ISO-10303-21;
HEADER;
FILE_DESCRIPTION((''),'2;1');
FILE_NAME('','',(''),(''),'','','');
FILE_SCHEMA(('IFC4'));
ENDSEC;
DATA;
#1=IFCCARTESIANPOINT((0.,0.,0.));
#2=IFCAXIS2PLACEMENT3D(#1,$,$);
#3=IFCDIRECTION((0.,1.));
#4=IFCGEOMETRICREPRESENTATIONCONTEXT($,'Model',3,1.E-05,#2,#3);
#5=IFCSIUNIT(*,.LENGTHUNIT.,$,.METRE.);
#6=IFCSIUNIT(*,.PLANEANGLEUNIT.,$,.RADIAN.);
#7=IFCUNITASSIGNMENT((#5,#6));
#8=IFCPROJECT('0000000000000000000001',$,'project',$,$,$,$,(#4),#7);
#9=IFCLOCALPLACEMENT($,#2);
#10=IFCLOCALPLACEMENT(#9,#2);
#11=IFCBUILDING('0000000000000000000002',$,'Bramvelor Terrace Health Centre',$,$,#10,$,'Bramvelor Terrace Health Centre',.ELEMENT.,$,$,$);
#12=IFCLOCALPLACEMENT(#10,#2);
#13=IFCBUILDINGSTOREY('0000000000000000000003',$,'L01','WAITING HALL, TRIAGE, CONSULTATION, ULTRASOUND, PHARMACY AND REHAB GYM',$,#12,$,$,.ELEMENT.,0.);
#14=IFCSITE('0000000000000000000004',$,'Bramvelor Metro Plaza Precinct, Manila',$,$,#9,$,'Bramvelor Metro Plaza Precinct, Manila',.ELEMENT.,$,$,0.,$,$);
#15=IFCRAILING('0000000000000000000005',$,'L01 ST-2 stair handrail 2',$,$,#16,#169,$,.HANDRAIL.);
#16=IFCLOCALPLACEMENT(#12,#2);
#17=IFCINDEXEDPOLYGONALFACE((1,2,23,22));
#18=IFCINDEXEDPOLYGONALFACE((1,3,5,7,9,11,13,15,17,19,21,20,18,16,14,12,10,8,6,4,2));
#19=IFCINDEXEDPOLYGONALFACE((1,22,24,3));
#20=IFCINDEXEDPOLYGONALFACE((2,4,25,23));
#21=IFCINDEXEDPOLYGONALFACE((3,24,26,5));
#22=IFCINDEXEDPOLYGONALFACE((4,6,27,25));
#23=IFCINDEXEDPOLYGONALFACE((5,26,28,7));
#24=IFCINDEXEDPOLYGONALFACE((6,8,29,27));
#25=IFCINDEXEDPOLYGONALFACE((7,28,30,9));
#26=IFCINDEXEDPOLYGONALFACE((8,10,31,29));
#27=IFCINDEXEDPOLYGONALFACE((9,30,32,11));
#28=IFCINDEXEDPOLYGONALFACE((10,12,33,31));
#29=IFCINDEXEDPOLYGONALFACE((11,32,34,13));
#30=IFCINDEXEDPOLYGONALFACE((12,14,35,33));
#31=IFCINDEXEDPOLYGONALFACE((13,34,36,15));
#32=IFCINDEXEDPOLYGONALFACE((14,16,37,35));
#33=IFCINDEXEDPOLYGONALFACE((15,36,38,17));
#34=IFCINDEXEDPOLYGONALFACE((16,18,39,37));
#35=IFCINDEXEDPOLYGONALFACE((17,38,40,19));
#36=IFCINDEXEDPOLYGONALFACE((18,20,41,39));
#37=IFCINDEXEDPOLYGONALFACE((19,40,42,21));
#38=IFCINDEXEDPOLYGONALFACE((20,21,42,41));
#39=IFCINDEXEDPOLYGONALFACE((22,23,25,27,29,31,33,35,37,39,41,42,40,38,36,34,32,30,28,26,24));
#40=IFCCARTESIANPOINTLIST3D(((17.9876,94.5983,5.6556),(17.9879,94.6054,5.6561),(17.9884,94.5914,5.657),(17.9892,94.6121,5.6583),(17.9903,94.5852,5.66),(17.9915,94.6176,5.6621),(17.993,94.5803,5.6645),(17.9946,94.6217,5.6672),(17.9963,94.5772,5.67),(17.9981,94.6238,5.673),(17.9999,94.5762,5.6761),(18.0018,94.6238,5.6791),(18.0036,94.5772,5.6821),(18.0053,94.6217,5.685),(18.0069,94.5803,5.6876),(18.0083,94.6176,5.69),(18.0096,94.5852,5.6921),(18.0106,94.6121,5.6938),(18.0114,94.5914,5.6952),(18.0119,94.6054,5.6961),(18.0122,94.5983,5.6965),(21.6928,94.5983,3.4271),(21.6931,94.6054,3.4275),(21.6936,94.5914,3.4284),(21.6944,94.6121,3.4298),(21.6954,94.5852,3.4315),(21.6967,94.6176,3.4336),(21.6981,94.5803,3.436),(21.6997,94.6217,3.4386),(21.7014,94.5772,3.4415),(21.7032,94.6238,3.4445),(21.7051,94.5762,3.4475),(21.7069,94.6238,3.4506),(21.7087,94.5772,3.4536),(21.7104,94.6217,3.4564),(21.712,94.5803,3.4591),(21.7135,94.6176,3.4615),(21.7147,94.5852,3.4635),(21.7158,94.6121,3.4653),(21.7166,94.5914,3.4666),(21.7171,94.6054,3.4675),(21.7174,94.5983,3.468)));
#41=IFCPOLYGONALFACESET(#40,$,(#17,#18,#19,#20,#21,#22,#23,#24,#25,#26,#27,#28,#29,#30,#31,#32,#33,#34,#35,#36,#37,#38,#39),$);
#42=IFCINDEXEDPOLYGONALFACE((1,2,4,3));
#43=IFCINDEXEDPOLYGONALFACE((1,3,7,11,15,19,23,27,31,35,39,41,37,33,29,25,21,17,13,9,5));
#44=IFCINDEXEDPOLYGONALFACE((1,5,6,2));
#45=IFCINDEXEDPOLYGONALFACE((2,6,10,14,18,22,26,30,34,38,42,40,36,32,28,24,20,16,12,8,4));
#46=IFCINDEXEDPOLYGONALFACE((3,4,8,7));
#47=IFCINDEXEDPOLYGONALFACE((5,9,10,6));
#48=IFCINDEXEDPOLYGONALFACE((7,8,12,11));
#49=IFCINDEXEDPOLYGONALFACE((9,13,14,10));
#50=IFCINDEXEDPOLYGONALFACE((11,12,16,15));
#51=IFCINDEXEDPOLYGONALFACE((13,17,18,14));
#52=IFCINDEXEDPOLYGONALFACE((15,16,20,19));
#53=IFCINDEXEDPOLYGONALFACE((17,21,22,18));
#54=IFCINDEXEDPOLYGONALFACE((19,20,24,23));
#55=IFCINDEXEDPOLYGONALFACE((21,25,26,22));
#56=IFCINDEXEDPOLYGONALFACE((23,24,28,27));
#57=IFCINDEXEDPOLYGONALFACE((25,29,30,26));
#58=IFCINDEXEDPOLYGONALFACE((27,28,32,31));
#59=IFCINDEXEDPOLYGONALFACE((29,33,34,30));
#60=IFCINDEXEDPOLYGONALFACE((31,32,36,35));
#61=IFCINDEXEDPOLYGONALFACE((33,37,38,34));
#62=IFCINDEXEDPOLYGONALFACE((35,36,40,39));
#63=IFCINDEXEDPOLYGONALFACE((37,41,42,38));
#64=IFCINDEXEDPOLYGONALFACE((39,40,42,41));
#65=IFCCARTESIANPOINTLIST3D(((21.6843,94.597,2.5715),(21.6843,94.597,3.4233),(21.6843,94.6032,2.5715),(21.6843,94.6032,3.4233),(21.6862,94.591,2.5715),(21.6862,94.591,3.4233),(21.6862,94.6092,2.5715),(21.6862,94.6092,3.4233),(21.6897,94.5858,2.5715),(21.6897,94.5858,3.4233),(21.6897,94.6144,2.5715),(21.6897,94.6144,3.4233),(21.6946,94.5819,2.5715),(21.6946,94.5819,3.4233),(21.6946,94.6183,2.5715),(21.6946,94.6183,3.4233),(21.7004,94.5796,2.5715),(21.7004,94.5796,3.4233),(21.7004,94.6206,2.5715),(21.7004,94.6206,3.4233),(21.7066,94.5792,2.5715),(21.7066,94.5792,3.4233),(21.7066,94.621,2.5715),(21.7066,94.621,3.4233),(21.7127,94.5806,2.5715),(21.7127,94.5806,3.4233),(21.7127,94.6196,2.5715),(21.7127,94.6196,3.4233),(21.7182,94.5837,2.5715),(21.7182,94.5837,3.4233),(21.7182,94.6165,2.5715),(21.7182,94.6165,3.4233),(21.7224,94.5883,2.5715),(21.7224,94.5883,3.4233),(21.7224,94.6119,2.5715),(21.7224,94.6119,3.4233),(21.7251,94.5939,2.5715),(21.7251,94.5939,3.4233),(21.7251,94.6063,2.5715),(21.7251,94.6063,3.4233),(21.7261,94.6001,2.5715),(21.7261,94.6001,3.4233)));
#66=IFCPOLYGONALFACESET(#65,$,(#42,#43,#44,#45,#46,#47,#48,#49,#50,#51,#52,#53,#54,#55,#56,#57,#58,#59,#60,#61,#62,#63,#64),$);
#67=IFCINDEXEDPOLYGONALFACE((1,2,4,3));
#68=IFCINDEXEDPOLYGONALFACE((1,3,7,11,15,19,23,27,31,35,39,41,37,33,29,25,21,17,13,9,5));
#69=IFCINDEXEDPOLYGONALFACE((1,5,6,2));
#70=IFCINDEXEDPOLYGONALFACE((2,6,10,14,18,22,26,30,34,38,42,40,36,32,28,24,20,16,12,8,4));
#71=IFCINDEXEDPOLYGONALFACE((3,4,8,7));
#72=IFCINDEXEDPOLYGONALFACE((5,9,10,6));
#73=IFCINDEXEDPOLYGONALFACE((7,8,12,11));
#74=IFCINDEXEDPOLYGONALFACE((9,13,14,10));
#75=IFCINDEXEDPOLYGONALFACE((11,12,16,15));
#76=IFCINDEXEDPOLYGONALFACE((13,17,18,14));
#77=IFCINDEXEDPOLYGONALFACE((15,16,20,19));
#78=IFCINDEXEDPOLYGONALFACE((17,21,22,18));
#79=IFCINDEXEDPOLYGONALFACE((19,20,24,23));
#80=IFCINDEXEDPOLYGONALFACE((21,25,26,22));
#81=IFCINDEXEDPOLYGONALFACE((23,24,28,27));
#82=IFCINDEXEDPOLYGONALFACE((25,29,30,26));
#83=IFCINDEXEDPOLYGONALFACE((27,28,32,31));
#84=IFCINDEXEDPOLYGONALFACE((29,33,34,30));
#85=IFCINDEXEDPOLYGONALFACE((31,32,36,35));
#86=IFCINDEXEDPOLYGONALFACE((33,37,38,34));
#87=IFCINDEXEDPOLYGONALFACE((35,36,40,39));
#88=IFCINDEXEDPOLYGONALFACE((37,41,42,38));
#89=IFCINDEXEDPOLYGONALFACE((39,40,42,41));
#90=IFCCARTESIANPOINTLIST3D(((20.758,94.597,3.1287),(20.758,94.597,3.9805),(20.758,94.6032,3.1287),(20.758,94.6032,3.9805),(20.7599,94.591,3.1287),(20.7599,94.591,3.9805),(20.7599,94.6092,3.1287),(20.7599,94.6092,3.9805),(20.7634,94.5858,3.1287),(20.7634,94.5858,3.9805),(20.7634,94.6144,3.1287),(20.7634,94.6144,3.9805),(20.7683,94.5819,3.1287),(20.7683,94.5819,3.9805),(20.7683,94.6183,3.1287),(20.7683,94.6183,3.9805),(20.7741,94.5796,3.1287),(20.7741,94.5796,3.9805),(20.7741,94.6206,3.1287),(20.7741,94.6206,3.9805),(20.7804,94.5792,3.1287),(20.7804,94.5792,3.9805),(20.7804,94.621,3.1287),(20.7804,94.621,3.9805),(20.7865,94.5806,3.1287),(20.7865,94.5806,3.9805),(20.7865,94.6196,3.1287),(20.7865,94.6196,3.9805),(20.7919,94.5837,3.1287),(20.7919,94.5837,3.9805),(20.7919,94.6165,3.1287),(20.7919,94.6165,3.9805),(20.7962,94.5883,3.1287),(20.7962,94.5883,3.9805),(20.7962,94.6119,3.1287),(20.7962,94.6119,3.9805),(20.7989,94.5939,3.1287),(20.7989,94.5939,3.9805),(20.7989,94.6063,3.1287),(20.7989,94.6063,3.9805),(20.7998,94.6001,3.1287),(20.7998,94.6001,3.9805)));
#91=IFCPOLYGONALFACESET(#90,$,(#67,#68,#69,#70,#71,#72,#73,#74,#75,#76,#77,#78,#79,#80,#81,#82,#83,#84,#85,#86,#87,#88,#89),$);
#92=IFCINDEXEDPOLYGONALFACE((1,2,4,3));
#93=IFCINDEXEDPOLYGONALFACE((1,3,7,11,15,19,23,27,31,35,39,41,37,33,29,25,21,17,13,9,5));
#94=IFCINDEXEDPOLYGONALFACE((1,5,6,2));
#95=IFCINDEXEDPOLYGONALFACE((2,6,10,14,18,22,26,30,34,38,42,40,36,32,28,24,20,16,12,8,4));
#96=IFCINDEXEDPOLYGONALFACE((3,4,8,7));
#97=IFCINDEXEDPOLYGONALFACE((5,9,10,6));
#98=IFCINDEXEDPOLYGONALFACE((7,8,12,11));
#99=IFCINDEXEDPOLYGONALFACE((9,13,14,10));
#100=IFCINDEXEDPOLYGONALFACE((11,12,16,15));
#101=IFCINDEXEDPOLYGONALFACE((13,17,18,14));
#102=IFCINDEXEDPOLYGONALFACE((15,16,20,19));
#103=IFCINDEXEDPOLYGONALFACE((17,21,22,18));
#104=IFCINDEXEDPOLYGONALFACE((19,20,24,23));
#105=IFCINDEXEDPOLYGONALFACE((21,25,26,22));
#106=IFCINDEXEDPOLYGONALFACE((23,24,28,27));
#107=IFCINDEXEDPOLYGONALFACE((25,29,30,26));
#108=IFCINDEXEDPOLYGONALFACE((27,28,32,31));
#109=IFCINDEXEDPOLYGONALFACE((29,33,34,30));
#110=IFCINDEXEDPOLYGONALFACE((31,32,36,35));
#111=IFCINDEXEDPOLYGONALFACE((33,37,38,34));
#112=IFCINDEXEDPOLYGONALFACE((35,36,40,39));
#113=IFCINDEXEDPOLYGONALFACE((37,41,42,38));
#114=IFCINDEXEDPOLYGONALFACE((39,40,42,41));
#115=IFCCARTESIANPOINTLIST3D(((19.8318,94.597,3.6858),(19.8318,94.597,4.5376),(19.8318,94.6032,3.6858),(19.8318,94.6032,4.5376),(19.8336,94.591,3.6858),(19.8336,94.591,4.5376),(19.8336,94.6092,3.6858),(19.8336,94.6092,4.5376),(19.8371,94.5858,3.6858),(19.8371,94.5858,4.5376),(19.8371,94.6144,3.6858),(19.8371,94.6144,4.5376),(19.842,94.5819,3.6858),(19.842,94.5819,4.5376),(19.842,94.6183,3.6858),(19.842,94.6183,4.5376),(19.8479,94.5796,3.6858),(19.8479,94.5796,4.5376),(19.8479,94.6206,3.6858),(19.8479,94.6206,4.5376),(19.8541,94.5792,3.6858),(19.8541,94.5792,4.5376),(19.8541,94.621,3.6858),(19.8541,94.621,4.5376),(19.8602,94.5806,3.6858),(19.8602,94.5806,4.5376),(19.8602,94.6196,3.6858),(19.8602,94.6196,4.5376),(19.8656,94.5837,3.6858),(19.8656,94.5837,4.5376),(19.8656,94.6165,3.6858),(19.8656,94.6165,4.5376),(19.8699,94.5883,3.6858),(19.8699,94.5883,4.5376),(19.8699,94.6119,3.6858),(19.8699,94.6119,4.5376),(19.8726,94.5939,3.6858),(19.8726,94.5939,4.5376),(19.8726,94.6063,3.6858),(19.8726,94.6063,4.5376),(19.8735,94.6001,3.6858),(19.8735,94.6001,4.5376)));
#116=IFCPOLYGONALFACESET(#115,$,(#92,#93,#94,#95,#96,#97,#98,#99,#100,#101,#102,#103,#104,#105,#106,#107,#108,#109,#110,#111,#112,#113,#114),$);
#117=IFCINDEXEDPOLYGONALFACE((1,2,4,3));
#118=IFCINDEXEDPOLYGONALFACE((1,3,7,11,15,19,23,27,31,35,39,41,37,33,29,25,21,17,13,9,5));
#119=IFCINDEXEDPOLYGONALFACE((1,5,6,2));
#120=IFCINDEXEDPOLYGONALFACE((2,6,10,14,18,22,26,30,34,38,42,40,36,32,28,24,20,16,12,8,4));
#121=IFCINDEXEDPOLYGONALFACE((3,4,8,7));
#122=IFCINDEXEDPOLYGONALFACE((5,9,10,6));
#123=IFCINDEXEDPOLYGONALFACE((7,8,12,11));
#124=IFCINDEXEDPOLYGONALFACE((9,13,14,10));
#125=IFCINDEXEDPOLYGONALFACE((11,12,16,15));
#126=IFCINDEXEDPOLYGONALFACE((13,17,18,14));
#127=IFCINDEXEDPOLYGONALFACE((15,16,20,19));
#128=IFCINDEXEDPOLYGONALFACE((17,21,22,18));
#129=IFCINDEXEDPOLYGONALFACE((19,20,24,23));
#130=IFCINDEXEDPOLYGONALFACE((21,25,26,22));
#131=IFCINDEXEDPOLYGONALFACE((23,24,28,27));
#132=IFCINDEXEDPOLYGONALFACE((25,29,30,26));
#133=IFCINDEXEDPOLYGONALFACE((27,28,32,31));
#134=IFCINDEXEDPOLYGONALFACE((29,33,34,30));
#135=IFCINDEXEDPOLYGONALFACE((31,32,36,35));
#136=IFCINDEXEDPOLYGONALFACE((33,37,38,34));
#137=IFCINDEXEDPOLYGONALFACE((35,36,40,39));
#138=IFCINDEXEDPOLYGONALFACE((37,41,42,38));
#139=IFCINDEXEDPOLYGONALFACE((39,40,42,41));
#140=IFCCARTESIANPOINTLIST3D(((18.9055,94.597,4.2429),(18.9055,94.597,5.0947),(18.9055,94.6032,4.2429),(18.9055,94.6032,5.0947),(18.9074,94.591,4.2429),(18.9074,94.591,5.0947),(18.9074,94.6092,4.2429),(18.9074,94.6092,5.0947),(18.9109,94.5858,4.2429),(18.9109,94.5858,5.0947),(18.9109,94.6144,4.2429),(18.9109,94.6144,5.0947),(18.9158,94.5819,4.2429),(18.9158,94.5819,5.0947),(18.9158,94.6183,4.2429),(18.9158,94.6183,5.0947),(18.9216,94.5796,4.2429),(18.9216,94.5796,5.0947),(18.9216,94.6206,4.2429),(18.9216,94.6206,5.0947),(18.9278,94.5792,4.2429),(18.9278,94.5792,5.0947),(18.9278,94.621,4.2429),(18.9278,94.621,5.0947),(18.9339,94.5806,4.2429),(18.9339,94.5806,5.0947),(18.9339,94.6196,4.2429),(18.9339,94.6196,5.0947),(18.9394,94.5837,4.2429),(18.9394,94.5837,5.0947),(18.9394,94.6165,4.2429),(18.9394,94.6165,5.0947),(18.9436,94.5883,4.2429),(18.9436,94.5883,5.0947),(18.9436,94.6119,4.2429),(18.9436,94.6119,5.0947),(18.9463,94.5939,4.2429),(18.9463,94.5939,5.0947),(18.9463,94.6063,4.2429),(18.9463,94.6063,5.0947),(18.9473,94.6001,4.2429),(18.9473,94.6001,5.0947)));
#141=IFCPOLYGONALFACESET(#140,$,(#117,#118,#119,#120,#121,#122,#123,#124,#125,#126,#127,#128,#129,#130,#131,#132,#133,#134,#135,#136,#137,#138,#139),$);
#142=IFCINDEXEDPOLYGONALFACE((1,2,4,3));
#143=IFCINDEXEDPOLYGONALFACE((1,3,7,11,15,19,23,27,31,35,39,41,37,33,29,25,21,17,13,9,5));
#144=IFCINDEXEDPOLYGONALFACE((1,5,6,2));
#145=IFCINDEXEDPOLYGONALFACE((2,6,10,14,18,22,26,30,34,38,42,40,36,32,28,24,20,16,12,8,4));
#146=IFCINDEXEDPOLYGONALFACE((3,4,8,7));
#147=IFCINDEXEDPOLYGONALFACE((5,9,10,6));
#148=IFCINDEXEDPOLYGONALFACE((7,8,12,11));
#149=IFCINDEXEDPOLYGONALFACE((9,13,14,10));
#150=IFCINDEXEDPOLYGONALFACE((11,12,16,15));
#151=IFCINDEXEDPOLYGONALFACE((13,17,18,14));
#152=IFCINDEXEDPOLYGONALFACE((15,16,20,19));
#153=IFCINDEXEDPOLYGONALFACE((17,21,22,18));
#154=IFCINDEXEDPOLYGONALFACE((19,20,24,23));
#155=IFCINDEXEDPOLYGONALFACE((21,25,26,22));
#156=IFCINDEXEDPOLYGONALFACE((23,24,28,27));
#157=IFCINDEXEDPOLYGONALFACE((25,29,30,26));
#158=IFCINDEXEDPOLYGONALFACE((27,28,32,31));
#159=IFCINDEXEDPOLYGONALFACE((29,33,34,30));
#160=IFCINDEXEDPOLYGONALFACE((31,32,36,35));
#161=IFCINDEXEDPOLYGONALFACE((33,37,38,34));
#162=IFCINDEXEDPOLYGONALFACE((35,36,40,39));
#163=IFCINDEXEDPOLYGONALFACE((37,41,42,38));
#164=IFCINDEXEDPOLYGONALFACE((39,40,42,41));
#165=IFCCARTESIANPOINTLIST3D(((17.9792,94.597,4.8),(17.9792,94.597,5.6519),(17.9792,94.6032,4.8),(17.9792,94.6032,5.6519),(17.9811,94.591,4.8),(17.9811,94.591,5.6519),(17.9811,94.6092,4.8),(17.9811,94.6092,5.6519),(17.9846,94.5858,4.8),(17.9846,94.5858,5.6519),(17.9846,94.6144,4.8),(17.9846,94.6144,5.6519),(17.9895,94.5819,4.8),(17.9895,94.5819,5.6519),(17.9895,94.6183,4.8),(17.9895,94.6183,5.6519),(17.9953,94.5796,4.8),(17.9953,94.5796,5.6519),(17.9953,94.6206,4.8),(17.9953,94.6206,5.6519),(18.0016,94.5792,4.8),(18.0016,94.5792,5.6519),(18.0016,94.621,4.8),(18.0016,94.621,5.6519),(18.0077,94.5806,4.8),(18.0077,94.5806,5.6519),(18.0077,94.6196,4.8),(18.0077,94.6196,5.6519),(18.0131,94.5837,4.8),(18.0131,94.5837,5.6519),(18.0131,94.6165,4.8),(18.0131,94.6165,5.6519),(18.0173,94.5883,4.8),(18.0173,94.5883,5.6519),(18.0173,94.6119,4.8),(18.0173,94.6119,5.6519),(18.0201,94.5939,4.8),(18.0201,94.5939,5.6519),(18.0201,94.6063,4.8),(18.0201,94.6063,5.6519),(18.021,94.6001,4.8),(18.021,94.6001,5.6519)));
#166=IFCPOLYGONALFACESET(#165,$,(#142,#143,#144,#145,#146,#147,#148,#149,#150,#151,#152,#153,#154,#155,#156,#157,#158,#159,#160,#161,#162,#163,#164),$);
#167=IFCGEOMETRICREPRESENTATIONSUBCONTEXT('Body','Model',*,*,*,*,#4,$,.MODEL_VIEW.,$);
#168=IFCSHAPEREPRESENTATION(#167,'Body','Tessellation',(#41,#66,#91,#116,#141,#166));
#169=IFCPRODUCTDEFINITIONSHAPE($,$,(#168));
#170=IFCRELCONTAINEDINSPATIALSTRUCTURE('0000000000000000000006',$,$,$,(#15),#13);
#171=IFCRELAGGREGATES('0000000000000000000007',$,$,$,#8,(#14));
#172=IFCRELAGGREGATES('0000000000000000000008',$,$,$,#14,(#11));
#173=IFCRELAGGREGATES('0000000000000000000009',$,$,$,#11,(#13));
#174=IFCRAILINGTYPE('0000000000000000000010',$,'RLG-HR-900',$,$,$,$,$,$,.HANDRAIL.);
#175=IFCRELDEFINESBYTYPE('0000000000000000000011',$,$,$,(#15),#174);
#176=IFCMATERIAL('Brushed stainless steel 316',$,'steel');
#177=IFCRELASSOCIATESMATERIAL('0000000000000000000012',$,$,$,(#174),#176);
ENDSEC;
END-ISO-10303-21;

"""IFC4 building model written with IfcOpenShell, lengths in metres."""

from ifc_helpers import new_model, si_unit, direction, frame, origin, origin_2d, place, context, subcontext, project, spatial, circle, extrude, material, type_object, element, save


model = new_model("IFC4")

# Units and contexts
model_context = context("Model", 3, precision=1e-05, world=origin(), true_north=direction((0.0, 1.0)))
body_context = subcontext(model_context, "Body", "Model", "MODEL_VIEW")
ifc_project = project(units=[si_unit("LENGTHUNIT", "METRE"), si_unit("PLANEANGLEUNIT", "RADIAN")], contexts=[model_context])

# Site, building, storey
site_placement = place(None, origin())
site = spatial("IfcSite", under=ifc_project, at=site_placement, Name="Bramvelor Metro Plaza Precinct, Manila", LongName="Bramvelor Metro Plaza Precinct, Manila", CompositionType="ELEMENT", RefElevation=0.0)
building_placement = place(site_placement, origin())
building = spatial("IfcBuilding", under=site, at=building_placement, Name="Bramvelor Terrace Health Centre", LongName="Bramvelor Terrace Health Centre", CompositionType="ELEMENT")
storey_placement = place(building_placement, origin())
storey = spatial("IfcBuildingStorey", under=building, at=storey_placement, Name="L01", Description="WAITING HALL, TRIAGE, CONSULTATION, ULTRASOUND, PHARMACY AND REHAB GYM", CompositionType="ELEMENT", Elevation=0.0)

# Railing
ifc_material_1 = material(Name="Brushed stainless steel 316", Category="steel")
railing_type_1 = type_object("IfcRailingType", Name="RLG-HR-900", PredefinedType="HANDRAIL", material=ifc_material_1)
railing_1_placement = place(storey_placement, frame((21.7051, 94.6001, 2.5715)))
element("IfcRailing", 1, at=railing_1_placement, inside=storey, type_object=railing_type_1, Name="L01 ST-2 stair handrail 2", PredefinedType="HANDRAIL", context=body_context, shape_type="SweptSolid", body=[
    extrude(circle(Radius=0.0239, at=origin_2d()), frame((0.0, 0.0, 0.876), z_axis=(-0.856934, 0.0, 0.515425), x_axis=(0.0, -1.0, 0.0)), (0.0, 0.0, 1.0), 4.3237),
    extrude(circle(Radius=0.021, at=origin_2d()), origin(), (0.0, 0.0, 1.0), 0.8518),
    extrude(circle(Radius=0.021, at=origin_2d()), frame((-0.9263, 0.0, 0.5571)), (0.0, 0.0, 1.0), 0.8518),
    extrude(circle(Radius=0.021, at=origin_2d()), frame((-1.8525, 0.0, 1.1143)), (0.0, 0.0, 1.0), 0.8518),
    extrude(circle(Radius=0.021, at=origin_2d()), frame((-2.7788, 0.0, 1.6714)), (0.0, 0.0, 1.0), 0.8518),
    extrude(circle(Radius=0.021, at=origin_2d()), frame((-3.7051, 0.0, 2.2285)), (0.0, 0.0, 1.0), 0.8518),
])

save(model, "model.ifc")
